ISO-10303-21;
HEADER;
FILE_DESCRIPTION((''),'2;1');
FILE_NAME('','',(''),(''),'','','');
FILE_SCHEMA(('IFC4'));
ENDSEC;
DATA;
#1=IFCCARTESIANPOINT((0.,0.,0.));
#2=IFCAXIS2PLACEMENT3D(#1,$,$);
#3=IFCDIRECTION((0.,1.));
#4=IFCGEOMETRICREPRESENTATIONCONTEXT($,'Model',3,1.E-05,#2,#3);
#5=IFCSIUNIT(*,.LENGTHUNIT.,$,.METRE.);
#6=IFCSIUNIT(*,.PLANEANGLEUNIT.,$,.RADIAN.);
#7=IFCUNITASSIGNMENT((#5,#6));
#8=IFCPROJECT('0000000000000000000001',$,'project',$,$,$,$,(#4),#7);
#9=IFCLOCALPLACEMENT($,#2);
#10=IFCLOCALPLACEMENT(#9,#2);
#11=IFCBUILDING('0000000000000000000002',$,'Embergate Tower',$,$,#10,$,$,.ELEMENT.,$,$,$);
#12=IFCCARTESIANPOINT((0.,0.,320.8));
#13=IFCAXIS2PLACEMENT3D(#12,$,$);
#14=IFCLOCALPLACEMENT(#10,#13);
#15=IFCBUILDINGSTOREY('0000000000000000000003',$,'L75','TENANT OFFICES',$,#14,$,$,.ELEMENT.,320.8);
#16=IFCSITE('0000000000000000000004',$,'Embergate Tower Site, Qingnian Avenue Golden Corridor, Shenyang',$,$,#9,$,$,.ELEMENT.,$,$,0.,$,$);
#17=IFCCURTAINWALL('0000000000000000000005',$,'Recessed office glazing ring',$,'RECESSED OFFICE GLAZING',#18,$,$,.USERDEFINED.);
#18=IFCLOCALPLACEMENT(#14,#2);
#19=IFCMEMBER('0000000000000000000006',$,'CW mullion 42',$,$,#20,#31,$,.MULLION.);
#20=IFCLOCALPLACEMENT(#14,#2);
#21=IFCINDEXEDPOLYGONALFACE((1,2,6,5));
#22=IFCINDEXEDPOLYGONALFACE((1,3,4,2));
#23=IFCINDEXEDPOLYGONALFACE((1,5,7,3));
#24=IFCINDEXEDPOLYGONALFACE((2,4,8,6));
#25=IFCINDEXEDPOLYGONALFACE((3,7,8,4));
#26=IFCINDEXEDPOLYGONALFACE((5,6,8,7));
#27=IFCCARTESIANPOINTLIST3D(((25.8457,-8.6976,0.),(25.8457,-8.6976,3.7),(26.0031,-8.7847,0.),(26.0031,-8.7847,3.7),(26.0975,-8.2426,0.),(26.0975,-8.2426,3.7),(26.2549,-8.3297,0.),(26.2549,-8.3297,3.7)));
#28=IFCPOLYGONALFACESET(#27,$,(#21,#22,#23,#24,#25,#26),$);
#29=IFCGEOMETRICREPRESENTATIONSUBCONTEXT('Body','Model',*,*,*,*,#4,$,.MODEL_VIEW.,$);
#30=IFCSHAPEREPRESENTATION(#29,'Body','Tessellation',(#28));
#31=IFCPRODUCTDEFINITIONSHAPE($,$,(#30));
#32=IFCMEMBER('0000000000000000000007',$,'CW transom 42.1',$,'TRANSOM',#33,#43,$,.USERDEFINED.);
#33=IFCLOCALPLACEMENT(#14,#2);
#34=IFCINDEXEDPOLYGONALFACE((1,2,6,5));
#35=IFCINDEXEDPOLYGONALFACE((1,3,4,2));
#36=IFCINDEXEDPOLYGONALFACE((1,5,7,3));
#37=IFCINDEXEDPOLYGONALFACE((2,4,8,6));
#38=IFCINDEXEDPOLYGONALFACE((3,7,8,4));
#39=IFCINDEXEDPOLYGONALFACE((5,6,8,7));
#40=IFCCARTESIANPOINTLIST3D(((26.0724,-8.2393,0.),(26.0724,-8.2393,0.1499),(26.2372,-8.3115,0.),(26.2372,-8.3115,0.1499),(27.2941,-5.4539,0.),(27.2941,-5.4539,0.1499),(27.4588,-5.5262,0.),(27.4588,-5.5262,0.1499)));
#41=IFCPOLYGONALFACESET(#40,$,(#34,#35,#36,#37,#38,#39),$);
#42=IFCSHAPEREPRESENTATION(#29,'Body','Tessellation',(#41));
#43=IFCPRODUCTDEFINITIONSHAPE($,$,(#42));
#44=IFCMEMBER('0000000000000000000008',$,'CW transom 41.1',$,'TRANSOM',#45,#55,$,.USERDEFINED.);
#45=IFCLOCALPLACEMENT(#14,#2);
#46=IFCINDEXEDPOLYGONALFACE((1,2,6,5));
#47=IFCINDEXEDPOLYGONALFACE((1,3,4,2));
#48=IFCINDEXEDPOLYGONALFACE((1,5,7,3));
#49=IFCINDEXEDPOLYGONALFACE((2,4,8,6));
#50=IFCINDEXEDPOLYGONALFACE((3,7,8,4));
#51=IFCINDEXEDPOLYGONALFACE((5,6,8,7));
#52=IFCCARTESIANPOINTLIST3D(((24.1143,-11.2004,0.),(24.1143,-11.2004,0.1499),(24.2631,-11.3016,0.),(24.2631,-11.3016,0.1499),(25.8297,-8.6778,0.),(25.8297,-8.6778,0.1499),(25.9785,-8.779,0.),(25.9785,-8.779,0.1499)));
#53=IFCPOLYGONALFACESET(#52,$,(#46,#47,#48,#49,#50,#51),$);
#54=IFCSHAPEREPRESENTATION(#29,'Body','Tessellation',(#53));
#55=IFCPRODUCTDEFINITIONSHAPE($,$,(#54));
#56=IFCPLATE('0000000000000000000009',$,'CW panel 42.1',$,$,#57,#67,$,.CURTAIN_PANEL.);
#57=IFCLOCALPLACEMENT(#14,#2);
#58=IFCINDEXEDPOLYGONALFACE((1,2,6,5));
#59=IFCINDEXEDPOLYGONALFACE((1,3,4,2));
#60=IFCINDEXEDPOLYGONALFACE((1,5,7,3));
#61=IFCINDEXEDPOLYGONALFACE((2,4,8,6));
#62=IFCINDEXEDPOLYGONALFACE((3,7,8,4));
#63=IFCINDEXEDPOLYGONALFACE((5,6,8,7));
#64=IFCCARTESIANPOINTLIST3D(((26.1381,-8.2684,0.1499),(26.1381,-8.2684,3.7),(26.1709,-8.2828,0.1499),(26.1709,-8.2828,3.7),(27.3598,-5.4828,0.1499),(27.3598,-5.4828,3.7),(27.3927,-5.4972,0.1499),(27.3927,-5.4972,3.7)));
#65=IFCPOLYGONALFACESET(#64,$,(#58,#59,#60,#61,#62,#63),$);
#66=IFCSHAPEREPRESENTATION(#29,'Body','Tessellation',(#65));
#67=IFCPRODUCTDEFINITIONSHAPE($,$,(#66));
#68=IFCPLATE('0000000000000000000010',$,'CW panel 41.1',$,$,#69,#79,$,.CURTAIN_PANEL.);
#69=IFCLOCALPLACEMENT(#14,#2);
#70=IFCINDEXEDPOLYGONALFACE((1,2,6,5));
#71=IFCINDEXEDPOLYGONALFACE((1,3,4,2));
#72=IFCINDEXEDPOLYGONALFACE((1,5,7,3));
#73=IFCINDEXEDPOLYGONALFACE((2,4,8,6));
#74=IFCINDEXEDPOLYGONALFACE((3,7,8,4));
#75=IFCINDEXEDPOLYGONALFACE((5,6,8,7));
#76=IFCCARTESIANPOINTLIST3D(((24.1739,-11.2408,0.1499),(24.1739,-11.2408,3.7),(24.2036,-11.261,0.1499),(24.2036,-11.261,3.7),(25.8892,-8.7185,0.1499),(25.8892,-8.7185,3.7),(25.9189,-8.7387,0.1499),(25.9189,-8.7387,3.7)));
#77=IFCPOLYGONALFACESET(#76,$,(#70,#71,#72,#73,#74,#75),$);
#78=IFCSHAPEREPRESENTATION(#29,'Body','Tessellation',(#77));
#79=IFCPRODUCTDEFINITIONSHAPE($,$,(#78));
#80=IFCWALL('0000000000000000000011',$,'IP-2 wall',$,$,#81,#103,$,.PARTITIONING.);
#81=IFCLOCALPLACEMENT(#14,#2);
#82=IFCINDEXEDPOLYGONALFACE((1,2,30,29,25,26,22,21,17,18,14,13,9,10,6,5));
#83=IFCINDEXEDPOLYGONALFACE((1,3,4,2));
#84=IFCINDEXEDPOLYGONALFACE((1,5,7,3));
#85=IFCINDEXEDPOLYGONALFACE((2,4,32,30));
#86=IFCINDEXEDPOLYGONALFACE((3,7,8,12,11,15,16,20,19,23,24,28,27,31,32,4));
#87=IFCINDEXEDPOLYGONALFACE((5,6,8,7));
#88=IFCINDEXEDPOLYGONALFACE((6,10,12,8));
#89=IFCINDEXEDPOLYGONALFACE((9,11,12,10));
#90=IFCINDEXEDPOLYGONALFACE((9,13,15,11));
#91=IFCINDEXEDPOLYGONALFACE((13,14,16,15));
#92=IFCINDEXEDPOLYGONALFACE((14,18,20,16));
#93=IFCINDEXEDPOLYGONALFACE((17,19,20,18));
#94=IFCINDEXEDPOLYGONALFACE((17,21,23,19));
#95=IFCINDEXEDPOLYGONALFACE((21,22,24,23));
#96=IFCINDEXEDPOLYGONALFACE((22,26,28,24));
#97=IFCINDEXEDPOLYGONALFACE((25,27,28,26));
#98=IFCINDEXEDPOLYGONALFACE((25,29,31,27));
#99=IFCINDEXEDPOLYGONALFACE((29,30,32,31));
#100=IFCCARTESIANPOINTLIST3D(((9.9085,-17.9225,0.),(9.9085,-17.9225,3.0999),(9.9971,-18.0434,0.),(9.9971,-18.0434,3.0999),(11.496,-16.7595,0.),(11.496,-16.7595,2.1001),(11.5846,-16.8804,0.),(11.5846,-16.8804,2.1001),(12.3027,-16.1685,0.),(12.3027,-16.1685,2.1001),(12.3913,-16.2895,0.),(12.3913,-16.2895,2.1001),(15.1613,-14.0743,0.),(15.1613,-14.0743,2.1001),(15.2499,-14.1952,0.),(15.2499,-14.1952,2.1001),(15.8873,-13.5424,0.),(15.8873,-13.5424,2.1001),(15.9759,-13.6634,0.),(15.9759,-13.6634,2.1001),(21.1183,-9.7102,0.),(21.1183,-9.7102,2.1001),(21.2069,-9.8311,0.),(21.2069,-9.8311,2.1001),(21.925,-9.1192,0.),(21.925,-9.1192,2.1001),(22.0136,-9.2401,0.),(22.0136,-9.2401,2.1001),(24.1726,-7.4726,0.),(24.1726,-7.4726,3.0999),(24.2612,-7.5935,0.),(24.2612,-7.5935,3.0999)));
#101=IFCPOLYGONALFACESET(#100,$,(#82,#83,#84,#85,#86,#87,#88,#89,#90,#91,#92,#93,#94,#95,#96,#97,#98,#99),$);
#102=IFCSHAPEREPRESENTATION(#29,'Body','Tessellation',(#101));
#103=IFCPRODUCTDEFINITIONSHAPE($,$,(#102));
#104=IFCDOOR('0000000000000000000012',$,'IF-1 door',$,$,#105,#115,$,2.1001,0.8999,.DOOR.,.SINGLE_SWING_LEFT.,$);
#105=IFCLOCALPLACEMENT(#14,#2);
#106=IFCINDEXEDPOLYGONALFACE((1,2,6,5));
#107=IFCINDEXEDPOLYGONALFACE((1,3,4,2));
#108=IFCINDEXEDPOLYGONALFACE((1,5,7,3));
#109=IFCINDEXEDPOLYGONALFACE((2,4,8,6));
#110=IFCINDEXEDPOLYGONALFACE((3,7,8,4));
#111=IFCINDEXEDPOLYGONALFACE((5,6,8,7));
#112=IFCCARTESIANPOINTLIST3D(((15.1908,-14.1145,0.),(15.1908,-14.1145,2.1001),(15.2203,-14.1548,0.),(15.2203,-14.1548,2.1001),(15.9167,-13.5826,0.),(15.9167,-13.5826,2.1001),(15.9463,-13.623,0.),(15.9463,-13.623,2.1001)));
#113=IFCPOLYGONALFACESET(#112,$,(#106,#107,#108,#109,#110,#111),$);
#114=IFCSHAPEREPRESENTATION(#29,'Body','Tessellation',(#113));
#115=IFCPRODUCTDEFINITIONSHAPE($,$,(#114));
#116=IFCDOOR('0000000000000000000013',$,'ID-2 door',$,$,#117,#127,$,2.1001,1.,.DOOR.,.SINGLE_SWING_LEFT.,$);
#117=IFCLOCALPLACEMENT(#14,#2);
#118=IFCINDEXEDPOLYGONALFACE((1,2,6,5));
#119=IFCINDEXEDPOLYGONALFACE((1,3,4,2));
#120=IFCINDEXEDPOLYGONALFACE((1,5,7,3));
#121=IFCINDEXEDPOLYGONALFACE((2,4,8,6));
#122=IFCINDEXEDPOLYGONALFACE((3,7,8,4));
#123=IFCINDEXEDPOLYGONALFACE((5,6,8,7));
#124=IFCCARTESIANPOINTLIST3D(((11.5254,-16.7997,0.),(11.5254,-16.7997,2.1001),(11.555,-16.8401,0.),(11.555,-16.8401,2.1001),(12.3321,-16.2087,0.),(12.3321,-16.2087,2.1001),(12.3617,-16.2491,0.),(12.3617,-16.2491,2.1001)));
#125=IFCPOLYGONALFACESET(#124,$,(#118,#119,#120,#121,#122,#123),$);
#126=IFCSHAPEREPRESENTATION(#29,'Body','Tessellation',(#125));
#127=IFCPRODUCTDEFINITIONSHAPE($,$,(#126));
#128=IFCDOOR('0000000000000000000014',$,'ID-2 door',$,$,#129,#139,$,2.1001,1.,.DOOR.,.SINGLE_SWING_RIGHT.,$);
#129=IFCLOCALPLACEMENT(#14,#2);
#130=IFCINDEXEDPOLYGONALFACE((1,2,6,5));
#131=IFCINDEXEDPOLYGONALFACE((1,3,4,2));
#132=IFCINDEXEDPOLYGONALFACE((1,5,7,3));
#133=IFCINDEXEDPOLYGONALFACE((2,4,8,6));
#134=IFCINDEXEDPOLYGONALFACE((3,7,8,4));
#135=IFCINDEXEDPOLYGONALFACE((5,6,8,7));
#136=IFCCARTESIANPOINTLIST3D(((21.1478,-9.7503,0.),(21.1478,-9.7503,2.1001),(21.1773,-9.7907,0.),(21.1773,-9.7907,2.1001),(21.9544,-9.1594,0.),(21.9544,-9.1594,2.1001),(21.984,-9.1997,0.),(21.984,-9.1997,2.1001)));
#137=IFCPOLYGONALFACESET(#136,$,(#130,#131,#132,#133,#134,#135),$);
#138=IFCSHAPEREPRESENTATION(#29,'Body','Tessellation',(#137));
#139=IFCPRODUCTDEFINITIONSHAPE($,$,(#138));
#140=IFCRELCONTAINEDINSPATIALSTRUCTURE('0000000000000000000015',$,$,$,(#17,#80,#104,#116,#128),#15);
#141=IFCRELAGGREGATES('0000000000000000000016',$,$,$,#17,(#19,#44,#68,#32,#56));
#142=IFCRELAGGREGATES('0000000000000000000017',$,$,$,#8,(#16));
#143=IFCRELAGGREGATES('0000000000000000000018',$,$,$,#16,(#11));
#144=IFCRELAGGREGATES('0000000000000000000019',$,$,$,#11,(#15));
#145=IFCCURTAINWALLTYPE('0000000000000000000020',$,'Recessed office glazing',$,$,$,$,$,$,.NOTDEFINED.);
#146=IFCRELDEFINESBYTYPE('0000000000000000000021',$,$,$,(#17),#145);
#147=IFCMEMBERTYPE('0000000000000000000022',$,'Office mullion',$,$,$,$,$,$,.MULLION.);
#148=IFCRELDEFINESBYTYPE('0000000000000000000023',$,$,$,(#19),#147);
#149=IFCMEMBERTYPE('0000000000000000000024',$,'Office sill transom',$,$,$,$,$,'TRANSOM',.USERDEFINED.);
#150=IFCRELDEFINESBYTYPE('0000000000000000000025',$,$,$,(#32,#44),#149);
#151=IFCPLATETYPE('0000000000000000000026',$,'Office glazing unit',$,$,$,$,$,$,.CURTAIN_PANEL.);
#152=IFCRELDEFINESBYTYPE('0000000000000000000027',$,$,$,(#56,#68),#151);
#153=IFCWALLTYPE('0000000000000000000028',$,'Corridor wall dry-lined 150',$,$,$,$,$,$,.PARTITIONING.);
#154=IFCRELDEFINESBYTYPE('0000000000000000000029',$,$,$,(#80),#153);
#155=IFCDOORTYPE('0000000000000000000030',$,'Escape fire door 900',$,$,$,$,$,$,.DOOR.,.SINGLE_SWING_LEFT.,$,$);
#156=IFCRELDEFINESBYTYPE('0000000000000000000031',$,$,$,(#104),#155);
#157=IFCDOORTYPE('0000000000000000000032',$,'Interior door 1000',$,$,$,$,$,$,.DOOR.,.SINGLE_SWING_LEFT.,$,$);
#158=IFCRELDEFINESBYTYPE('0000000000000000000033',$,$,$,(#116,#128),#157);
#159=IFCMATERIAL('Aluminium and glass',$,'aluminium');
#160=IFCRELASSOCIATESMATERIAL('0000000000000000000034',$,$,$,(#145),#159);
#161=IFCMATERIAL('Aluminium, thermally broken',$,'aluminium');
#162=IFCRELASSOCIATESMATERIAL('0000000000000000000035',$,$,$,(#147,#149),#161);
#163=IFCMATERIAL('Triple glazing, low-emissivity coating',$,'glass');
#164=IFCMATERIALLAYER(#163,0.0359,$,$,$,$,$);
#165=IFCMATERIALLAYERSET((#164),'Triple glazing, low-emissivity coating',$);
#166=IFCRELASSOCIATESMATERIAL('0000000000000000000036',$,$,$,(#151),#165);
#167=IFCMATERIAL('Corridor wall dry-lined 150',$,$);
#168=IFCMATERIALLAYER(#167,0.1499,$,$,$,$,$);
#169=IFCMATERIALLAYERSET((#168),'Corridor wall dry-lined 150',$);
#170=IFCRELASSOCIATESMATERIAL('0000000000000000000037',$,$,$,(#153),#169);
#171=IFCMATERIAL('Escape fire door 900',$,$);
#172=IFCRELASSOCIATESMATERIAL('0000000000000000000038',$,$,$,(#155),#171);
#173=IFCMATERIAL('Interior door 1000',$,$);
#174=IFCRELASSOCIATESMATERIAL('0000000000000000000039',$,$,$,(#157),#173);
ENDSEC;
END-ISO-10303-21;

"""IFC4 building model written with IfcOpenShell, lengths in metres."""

from ifc_helpers import new_model, si_unit, direction, frame, frame_2d, origin, origin_2d, place, context, subcontext, project, spatial, rectangle, extrude, source, transform, mapped, material, layer, layer_set, material_profile, profile_set, type_object, element, fill, aggregate, save


model = new_model("IFC4")

# Units and contexts
model_context = context("Model", 3, precision=1e-05, world=origin(), true_north=direction((0.0, 1.0)))
body_context = subcontext(model_context, "Body", "Model", "MODEL_VIEW")
ifc_project = project(units=[si_unit("LENGTHUNIT", "METRE"), si_unit("PLANEANGLEUNIT", "RADIAN")], contexts=[model_context])

# Site, building, storey
site_placement = place(None, origin())
site = spatial("IfcSite", under=ifc_project, at=site_placement, Name="Embergate Tower Site, Qingnian Avenue Golden Corridor, Shenyang", CompositionType="ELEMENT", RefElevation=0.0)
building_placement = place(site_placement, origin())
building = spatial("IfcBuilding", under=site, at=building_placement, Name="Embergate Tower", CompositionType="ELEMENT")
storey_placement = place(building_placement, frame((0.0, 0.0, 320.8)))
storey = spatial("IfcBuildingStorey", under=building, at=storey_placement, Name="L75", Description="TENANT OFFICES", CompositionType="ELEMENT", Elevation=320.8)

# Curtain wall, members, plates
ifc_material_1 = material(Name="Aluminium and glass", Category="aluminium")
curtain_wall_type = type_object("IfcCurtainWallType", Name="Recessed office glazing", PredefinedType="NOTDEFINED", material=ifc_material_1)
curtain_wall_placement = place(storey_placement, origin())
curtain_wall = element("IfcCurtainWall", 1, at=curtain_wall_placement, inside=storey, type_object=curtain_wall_type, Name="Recessed office glazing ring", ObjectType="RECESSED OFFICE GLAZING", PredefinedType="USERDEFINED")
ifc_material_2 = material(Name="Aluminium, thermally broken", Category="aluminium")
ifc_material_profile_1 = material_profile(ifc_material_2, rectangle(XDim=0.1799, YDim=0.52, at=origin_2d()), Name="AL 520x180")
ifc_profile_set_1 = profile_set([ifc_material_profile_1], Name="Aluminium, thermally broken")
member_type_1 = type_object("IfcMemberType", Name="Office mullion", PredefinedType="MULLION", material=ifc_profile_set_1)
shared_shape_1 = source(origin(), body_context, "Body", "SweptSolid", [
    extrude(rectangle(XDim=0.1799, YDim=0.52, at=origin_2d()), origin(), (0.0, 0.0, 1.0), 3.7),
])
member_1_placement = place(storey_placement, frame((26.0503, -8.5137, 0.0), z_axis=(0.0, 0.0, 1.0), x_axis=(-0.874991, 0.484139, 0.0)))
member_1 = element("IfcMember", 2, at=member_1_placement, type_object=member_type_1, Name="CW mullion 42", PredefinedType="MULLION", context=body_context, shape_type="MappedRepresentation", body=[
    mapped(shared_shape_1, transform((0.0, 0.0, 0.0))),
])
ifc_material_profile_2 = material_profile(ifc_material_2, rectangle(XDim=0.1799, YDim=0.1499, at=origin_2d()), Name="AL 150x180")
ifc_profile_set_2 = profile_set([ifc_material_profile_2], Name="Aluminium, thermally broken")
member_type_2 = type_object("IfcMemberType", Name="Office sill transom", ElementType="TRANSOM", PredefinedType="USERDEFINED", material=ifc_profile_set_2)
shared_shape_2 = source(origin(), body_context, "Body", "SweptSolid", [
    extrude(rectangle(XDim=0.1799, YDim=0.1499, at=origin_2d()), origin(), (0.0, 0.0, 1.0), 3.0415),
])
member_2_placement = place(storey_placement, frame((26.1548, -8.2754, 0.075), z_axis=(0.401665, 0.915787, 0.0), x_axis=(-0.915787, 0.401665, 0.0)))
member_2 = element("IfcMember", 3, at=member_2_placement, type_object=member_type_2, Name="CW transom 42.1", ObjectType="TRANSOM", PredefinedType="USERDEFINED", context=body_context, shape_type="MappedRepresentation", body=[
    mapped(shared_shape_2, transform((0.0, 0.0, 0.0))),
])
shared_shape_3 = source(origin(), body_context, "Body", "SweptSolid", [
    extrude(rectangle(XDim=0.1799, YDim=0.1499, at=origin_2d()), origin(), (0.0, 0.0, 1.0), 3.0505),
])
member_3_placement = place(storey_placement, frame((24.1887, -11.251, 0.075), z_axis=(0.562323, 0.826918, 0.0), x_axis=(-0.826918, 0.562323, 0.0)))
member_3 = element("IfcMember", 4, at=member_3_placement, type_object=member_type_2, Name="CW transom 41.1", ObjectType="TRANSOM", PredefinedType="USERDEFINED", context=body_context, shape_type="MappedRepresentation", body=[
    mapped(shared_shape_3, transform((0.0, 0.0, 0.0))),
])
ifc_material_3 = material(Name="Triple glazing, low-emissivity coating", Category="glass")
ifc_layer_1 = layer(ifc_material_3, 0.0359)
ifc_layer_set_1 = layer_set([ifc_layer_1], Name="Triple glazing, low-emissivity coating")
plate_type = type_object("IfcPlateType", Name="Office glazing unit", PredefinedType="CURTAIN_PANEL", material=ifc_layer_set_1)
shared_shape_4 = source(origin(), body_context, "Body", "SweptSolid", [
    extrude(rectangle(XDim=3.0417, YDim=0.0359, at=origin_2d()), origin(), (0.0, 0.0, 1.0), 3.55),
])
plate_1_placement = place(storey_placement, frame((26.7654, -6.8828, 0.1499), z_axis=(0.0, 0.0, 1.0), x_axis=(0.401654, 0.915792, 0.0)))
plate_1 = element("IfcPlate", 5, at=plate_1_placement, type_object=plate_type, Name="CW panel 42.1", PredefinedType="CURTAIN_PANEL", context=body_context, shape_type="MappedRepresentation", body=[
    mapped(shared_shape_4, transform((0.0, 0.0, 0.0))),
])
shared_shape_5 = source(origin(), body_context, "Body", "SweptSolid", [
    extrude(rectangle(XDim=3.0503, YDim=0.0359, at=origin_2d()), origin(), (0.0, 0.0, 1.0), 3.55),
])
plate_2_placement = place(storey_placement, frame((25.0464, -9.9897, 0.1499), z_axis=(0.0, 0.0, 1.0), x_axis=(0.562342, 0.826905, 0.0)))
plate_2 = element("IfcPlate", 6, at=plate_2_placement, type_object=plate_type, Name="CW panel 41.1", PredefinedType="CURTAIN_PANEL", context=body_context, shape_type="MappedRepresentation", body=[
    mapped(shared_shape_5, transform((0.0, 0.0, 0.0))),
])
aggregate(curtain_wall, [member_1, member_3, plate_2, member_2, plate_1])

# Wall, openings, doors
ifc_material_4 = material(Name="Corridor wall dry-lined 150")
ifc_layer_2 = layer(ifc_material_4, 0.1499)
ifc_layer_set_2 = layer_set([ifc_layer_2], Name="Corridor wall dry-lined 150")
wall_type_1 = type_object("IfcWallType", Name="Corridor wall dry-lined 150", PredefinedType="PARTITIONING", material=ifc_layer_set_2)
shared_shape_6 = source(origin(), body_context, "Body", "SweptSolid", [
    extrude(rectangle(XDim=17.6824, YDim=0.1499, at=frame_2d((8.8413, 0.0))), origin(), (0.0, 0.0, 1.0), 3.0999),
])
wall_1_placement = place(storey_placement, frame((24.217, -7.533, 0.0), z_axis=(0.0, 0.0, 1.0), x_axis=(-0.806686, -0.59098, 0.0)))
wall_1 = element("IfcWall", 7, at=wall_1_placement, inside=storey, type_object=wall_type_1, Name="IP-2 wall", PredefinedType="PARTITIONING", context=body_context, shape_type="MappedRepresentation", body=[
    mapped(shared_shape_6, transform((0.0, 0.0, 0.0))),
])
shared_shape_7 = source(origin(), body_context, "Body", "SweptSolid", [
    extrude(rectangle(XDim=1.0, YDim=2.1001, at=frame_2d((0.5, 1.05))), frame((0.0, 0.085, 0.0), z_axis=(0.0, -1.0, 0.0), x_axis=(1.0, 0.0, 0.0)), (0.0, 0.0, 1.0), 0.1699),
])
opening_1_placement = place(wall_1_placement, frame((14.7146, 0.0, 0.0)))
opening_1 = element("IfcOpeningElement", 8, at=opening_1_placement, cuts=wall_1, PredefinedType="OPENING", context=body_context, shape_type="MappedRepresentation", body=[
    mapped(shared_shape_7, transform((0.0, 0.0, 0.0))),
])
shared_shape_8 = source(origin(), body_context, "Body", "SweptSolid", [
    extrude(rectangle(XDim=0.8999, YDim=2.1001, at=frame_2d((0.45, 1.05))), frame((0.0, 0.085, 0.0), z_axis=(0.0, -1.0, 0.0), x_axis=(1.0, 0.0, 0.0)), (0.0, 0.0, 1.0), 0.1699),
])
opening_2_placement = place(wall_1_placement, frame((10.271, 0.0, 0.0)))
opening_2 = element("IfcOpeningElement", 9, at=opening_2_placement, cuts=wall_1, PredefinedType="OPENING", context=body_context, shape_type="MappedRepresentation", body=[
    mapped(shared_shape_8, transform((0.0, 0.0, 0.0))),
])
opening_3_placement = place(wall_1_placement, frame((2.7864, 0.0, 0.0)))
opening_3 = element("IfcOpeningElement", 10, at=opening_3_placement, cuts=wall_1, PredefinedType="OPENING", context=body_context, shape_type="MappedRepresentation", body=[
    mapped(shared_shape_7, transform((0.0, 0.0, 0.0))),
])
ifc_material_5 = material(Name="Escape fire door 900")
door_type_1 = type_object("IfcDoorType", Name="Escape fire door 900", OperationType="SINGLE_SWING_LEFT", PredefinedType="DOOR", material=ifc_material_5)
shared_shape_9 = source(origin(), body_context, "Body", "SweptSolid", [
    extrude(rectangle(XDim=0.8999, YDim=2.1001, at=frame_2d((0.45, 1.05))), frame((0.0, 0.0249, 0.0), z_axis=(0.0, -1.0, 0.0), x_axis=(1.0, 0.0, 0.0)), (0.0, 0.0, 1.0), 0.05),
])
door_1_placement = place(opening_2_placement, origin())
door_1 = element("IfcDoor", 11, at=door_1_placement, inside=storey, type_object=door_type_1, Name="IF-1 door", OperationType="SINGLE_SWING_LEFT", OverallHeight=2.1001, OverallWidth=0.8999, PredefinedType="DOOR", context=body_context, shape_type="MappedRepresentation", body=[
    mapped(shared_shape_9, transform((0.0, 0.0, 0.0))),
])
fill(opening_2, door_1)
ifc_material_6 = material(Name="Interior door 1000")
door_type_2 = type_object("IfcDoorType", Name="Interior door 1000", OperationType="SINGLE_SWING_LEFT", PredefinedType="DOOR", material=ifc_material_6)
shared_shape_10 = source(origin(), body_context, "Body", "SweptSolid", [
    extrude(rectangle(XDim=1.0, YDim=2.1001, at=frame_2d((0.5, 1.05))), frame((0.0, 0.0249, 0.0), z_axis=(0.0, -1.0, 0.0), x_axis=(1.0, 0.0, 0.0)), (0.0, 0.0, 1.0), 0.05),
])
door_2_placement = place(opening_1_placement, origin())
door_2 = element("IfcDoor", 12, at=door_2_placement, inside=storey, type_object=door_type_2, Name="ID-2 door", OperationType="SINGLE_SWING_LEFT", OverallHeight=2.1001, OverallWidth=1.0, PredefinedType="DOOR", context=body_context, shape_type="MappedRepresentation", body=[
    mapped(shared_shape_10, transform((0.0, 0.0, 0.0))),
])
fill(opening_1, door_2)
door_3_placement = place(opening_3_placement, origin())
door_3 = element("IfcDoor", 13, at=door_3_placement, inside=storey, type_object=door_type_2, Name="ID-2 door", OperationType="SINGLE_SWING_RIGHT", OverallHeight=2.1001, OverallWidth=1.0, PredefinedType="DOOR", context=body_context, shape_type="MappedRepresentation", body=[
    mapped(shared_shape_10, transform((0.0, 0.0, 0.0))),
])
fill(opening_3, door_3)

save(model, "model.ifc")
